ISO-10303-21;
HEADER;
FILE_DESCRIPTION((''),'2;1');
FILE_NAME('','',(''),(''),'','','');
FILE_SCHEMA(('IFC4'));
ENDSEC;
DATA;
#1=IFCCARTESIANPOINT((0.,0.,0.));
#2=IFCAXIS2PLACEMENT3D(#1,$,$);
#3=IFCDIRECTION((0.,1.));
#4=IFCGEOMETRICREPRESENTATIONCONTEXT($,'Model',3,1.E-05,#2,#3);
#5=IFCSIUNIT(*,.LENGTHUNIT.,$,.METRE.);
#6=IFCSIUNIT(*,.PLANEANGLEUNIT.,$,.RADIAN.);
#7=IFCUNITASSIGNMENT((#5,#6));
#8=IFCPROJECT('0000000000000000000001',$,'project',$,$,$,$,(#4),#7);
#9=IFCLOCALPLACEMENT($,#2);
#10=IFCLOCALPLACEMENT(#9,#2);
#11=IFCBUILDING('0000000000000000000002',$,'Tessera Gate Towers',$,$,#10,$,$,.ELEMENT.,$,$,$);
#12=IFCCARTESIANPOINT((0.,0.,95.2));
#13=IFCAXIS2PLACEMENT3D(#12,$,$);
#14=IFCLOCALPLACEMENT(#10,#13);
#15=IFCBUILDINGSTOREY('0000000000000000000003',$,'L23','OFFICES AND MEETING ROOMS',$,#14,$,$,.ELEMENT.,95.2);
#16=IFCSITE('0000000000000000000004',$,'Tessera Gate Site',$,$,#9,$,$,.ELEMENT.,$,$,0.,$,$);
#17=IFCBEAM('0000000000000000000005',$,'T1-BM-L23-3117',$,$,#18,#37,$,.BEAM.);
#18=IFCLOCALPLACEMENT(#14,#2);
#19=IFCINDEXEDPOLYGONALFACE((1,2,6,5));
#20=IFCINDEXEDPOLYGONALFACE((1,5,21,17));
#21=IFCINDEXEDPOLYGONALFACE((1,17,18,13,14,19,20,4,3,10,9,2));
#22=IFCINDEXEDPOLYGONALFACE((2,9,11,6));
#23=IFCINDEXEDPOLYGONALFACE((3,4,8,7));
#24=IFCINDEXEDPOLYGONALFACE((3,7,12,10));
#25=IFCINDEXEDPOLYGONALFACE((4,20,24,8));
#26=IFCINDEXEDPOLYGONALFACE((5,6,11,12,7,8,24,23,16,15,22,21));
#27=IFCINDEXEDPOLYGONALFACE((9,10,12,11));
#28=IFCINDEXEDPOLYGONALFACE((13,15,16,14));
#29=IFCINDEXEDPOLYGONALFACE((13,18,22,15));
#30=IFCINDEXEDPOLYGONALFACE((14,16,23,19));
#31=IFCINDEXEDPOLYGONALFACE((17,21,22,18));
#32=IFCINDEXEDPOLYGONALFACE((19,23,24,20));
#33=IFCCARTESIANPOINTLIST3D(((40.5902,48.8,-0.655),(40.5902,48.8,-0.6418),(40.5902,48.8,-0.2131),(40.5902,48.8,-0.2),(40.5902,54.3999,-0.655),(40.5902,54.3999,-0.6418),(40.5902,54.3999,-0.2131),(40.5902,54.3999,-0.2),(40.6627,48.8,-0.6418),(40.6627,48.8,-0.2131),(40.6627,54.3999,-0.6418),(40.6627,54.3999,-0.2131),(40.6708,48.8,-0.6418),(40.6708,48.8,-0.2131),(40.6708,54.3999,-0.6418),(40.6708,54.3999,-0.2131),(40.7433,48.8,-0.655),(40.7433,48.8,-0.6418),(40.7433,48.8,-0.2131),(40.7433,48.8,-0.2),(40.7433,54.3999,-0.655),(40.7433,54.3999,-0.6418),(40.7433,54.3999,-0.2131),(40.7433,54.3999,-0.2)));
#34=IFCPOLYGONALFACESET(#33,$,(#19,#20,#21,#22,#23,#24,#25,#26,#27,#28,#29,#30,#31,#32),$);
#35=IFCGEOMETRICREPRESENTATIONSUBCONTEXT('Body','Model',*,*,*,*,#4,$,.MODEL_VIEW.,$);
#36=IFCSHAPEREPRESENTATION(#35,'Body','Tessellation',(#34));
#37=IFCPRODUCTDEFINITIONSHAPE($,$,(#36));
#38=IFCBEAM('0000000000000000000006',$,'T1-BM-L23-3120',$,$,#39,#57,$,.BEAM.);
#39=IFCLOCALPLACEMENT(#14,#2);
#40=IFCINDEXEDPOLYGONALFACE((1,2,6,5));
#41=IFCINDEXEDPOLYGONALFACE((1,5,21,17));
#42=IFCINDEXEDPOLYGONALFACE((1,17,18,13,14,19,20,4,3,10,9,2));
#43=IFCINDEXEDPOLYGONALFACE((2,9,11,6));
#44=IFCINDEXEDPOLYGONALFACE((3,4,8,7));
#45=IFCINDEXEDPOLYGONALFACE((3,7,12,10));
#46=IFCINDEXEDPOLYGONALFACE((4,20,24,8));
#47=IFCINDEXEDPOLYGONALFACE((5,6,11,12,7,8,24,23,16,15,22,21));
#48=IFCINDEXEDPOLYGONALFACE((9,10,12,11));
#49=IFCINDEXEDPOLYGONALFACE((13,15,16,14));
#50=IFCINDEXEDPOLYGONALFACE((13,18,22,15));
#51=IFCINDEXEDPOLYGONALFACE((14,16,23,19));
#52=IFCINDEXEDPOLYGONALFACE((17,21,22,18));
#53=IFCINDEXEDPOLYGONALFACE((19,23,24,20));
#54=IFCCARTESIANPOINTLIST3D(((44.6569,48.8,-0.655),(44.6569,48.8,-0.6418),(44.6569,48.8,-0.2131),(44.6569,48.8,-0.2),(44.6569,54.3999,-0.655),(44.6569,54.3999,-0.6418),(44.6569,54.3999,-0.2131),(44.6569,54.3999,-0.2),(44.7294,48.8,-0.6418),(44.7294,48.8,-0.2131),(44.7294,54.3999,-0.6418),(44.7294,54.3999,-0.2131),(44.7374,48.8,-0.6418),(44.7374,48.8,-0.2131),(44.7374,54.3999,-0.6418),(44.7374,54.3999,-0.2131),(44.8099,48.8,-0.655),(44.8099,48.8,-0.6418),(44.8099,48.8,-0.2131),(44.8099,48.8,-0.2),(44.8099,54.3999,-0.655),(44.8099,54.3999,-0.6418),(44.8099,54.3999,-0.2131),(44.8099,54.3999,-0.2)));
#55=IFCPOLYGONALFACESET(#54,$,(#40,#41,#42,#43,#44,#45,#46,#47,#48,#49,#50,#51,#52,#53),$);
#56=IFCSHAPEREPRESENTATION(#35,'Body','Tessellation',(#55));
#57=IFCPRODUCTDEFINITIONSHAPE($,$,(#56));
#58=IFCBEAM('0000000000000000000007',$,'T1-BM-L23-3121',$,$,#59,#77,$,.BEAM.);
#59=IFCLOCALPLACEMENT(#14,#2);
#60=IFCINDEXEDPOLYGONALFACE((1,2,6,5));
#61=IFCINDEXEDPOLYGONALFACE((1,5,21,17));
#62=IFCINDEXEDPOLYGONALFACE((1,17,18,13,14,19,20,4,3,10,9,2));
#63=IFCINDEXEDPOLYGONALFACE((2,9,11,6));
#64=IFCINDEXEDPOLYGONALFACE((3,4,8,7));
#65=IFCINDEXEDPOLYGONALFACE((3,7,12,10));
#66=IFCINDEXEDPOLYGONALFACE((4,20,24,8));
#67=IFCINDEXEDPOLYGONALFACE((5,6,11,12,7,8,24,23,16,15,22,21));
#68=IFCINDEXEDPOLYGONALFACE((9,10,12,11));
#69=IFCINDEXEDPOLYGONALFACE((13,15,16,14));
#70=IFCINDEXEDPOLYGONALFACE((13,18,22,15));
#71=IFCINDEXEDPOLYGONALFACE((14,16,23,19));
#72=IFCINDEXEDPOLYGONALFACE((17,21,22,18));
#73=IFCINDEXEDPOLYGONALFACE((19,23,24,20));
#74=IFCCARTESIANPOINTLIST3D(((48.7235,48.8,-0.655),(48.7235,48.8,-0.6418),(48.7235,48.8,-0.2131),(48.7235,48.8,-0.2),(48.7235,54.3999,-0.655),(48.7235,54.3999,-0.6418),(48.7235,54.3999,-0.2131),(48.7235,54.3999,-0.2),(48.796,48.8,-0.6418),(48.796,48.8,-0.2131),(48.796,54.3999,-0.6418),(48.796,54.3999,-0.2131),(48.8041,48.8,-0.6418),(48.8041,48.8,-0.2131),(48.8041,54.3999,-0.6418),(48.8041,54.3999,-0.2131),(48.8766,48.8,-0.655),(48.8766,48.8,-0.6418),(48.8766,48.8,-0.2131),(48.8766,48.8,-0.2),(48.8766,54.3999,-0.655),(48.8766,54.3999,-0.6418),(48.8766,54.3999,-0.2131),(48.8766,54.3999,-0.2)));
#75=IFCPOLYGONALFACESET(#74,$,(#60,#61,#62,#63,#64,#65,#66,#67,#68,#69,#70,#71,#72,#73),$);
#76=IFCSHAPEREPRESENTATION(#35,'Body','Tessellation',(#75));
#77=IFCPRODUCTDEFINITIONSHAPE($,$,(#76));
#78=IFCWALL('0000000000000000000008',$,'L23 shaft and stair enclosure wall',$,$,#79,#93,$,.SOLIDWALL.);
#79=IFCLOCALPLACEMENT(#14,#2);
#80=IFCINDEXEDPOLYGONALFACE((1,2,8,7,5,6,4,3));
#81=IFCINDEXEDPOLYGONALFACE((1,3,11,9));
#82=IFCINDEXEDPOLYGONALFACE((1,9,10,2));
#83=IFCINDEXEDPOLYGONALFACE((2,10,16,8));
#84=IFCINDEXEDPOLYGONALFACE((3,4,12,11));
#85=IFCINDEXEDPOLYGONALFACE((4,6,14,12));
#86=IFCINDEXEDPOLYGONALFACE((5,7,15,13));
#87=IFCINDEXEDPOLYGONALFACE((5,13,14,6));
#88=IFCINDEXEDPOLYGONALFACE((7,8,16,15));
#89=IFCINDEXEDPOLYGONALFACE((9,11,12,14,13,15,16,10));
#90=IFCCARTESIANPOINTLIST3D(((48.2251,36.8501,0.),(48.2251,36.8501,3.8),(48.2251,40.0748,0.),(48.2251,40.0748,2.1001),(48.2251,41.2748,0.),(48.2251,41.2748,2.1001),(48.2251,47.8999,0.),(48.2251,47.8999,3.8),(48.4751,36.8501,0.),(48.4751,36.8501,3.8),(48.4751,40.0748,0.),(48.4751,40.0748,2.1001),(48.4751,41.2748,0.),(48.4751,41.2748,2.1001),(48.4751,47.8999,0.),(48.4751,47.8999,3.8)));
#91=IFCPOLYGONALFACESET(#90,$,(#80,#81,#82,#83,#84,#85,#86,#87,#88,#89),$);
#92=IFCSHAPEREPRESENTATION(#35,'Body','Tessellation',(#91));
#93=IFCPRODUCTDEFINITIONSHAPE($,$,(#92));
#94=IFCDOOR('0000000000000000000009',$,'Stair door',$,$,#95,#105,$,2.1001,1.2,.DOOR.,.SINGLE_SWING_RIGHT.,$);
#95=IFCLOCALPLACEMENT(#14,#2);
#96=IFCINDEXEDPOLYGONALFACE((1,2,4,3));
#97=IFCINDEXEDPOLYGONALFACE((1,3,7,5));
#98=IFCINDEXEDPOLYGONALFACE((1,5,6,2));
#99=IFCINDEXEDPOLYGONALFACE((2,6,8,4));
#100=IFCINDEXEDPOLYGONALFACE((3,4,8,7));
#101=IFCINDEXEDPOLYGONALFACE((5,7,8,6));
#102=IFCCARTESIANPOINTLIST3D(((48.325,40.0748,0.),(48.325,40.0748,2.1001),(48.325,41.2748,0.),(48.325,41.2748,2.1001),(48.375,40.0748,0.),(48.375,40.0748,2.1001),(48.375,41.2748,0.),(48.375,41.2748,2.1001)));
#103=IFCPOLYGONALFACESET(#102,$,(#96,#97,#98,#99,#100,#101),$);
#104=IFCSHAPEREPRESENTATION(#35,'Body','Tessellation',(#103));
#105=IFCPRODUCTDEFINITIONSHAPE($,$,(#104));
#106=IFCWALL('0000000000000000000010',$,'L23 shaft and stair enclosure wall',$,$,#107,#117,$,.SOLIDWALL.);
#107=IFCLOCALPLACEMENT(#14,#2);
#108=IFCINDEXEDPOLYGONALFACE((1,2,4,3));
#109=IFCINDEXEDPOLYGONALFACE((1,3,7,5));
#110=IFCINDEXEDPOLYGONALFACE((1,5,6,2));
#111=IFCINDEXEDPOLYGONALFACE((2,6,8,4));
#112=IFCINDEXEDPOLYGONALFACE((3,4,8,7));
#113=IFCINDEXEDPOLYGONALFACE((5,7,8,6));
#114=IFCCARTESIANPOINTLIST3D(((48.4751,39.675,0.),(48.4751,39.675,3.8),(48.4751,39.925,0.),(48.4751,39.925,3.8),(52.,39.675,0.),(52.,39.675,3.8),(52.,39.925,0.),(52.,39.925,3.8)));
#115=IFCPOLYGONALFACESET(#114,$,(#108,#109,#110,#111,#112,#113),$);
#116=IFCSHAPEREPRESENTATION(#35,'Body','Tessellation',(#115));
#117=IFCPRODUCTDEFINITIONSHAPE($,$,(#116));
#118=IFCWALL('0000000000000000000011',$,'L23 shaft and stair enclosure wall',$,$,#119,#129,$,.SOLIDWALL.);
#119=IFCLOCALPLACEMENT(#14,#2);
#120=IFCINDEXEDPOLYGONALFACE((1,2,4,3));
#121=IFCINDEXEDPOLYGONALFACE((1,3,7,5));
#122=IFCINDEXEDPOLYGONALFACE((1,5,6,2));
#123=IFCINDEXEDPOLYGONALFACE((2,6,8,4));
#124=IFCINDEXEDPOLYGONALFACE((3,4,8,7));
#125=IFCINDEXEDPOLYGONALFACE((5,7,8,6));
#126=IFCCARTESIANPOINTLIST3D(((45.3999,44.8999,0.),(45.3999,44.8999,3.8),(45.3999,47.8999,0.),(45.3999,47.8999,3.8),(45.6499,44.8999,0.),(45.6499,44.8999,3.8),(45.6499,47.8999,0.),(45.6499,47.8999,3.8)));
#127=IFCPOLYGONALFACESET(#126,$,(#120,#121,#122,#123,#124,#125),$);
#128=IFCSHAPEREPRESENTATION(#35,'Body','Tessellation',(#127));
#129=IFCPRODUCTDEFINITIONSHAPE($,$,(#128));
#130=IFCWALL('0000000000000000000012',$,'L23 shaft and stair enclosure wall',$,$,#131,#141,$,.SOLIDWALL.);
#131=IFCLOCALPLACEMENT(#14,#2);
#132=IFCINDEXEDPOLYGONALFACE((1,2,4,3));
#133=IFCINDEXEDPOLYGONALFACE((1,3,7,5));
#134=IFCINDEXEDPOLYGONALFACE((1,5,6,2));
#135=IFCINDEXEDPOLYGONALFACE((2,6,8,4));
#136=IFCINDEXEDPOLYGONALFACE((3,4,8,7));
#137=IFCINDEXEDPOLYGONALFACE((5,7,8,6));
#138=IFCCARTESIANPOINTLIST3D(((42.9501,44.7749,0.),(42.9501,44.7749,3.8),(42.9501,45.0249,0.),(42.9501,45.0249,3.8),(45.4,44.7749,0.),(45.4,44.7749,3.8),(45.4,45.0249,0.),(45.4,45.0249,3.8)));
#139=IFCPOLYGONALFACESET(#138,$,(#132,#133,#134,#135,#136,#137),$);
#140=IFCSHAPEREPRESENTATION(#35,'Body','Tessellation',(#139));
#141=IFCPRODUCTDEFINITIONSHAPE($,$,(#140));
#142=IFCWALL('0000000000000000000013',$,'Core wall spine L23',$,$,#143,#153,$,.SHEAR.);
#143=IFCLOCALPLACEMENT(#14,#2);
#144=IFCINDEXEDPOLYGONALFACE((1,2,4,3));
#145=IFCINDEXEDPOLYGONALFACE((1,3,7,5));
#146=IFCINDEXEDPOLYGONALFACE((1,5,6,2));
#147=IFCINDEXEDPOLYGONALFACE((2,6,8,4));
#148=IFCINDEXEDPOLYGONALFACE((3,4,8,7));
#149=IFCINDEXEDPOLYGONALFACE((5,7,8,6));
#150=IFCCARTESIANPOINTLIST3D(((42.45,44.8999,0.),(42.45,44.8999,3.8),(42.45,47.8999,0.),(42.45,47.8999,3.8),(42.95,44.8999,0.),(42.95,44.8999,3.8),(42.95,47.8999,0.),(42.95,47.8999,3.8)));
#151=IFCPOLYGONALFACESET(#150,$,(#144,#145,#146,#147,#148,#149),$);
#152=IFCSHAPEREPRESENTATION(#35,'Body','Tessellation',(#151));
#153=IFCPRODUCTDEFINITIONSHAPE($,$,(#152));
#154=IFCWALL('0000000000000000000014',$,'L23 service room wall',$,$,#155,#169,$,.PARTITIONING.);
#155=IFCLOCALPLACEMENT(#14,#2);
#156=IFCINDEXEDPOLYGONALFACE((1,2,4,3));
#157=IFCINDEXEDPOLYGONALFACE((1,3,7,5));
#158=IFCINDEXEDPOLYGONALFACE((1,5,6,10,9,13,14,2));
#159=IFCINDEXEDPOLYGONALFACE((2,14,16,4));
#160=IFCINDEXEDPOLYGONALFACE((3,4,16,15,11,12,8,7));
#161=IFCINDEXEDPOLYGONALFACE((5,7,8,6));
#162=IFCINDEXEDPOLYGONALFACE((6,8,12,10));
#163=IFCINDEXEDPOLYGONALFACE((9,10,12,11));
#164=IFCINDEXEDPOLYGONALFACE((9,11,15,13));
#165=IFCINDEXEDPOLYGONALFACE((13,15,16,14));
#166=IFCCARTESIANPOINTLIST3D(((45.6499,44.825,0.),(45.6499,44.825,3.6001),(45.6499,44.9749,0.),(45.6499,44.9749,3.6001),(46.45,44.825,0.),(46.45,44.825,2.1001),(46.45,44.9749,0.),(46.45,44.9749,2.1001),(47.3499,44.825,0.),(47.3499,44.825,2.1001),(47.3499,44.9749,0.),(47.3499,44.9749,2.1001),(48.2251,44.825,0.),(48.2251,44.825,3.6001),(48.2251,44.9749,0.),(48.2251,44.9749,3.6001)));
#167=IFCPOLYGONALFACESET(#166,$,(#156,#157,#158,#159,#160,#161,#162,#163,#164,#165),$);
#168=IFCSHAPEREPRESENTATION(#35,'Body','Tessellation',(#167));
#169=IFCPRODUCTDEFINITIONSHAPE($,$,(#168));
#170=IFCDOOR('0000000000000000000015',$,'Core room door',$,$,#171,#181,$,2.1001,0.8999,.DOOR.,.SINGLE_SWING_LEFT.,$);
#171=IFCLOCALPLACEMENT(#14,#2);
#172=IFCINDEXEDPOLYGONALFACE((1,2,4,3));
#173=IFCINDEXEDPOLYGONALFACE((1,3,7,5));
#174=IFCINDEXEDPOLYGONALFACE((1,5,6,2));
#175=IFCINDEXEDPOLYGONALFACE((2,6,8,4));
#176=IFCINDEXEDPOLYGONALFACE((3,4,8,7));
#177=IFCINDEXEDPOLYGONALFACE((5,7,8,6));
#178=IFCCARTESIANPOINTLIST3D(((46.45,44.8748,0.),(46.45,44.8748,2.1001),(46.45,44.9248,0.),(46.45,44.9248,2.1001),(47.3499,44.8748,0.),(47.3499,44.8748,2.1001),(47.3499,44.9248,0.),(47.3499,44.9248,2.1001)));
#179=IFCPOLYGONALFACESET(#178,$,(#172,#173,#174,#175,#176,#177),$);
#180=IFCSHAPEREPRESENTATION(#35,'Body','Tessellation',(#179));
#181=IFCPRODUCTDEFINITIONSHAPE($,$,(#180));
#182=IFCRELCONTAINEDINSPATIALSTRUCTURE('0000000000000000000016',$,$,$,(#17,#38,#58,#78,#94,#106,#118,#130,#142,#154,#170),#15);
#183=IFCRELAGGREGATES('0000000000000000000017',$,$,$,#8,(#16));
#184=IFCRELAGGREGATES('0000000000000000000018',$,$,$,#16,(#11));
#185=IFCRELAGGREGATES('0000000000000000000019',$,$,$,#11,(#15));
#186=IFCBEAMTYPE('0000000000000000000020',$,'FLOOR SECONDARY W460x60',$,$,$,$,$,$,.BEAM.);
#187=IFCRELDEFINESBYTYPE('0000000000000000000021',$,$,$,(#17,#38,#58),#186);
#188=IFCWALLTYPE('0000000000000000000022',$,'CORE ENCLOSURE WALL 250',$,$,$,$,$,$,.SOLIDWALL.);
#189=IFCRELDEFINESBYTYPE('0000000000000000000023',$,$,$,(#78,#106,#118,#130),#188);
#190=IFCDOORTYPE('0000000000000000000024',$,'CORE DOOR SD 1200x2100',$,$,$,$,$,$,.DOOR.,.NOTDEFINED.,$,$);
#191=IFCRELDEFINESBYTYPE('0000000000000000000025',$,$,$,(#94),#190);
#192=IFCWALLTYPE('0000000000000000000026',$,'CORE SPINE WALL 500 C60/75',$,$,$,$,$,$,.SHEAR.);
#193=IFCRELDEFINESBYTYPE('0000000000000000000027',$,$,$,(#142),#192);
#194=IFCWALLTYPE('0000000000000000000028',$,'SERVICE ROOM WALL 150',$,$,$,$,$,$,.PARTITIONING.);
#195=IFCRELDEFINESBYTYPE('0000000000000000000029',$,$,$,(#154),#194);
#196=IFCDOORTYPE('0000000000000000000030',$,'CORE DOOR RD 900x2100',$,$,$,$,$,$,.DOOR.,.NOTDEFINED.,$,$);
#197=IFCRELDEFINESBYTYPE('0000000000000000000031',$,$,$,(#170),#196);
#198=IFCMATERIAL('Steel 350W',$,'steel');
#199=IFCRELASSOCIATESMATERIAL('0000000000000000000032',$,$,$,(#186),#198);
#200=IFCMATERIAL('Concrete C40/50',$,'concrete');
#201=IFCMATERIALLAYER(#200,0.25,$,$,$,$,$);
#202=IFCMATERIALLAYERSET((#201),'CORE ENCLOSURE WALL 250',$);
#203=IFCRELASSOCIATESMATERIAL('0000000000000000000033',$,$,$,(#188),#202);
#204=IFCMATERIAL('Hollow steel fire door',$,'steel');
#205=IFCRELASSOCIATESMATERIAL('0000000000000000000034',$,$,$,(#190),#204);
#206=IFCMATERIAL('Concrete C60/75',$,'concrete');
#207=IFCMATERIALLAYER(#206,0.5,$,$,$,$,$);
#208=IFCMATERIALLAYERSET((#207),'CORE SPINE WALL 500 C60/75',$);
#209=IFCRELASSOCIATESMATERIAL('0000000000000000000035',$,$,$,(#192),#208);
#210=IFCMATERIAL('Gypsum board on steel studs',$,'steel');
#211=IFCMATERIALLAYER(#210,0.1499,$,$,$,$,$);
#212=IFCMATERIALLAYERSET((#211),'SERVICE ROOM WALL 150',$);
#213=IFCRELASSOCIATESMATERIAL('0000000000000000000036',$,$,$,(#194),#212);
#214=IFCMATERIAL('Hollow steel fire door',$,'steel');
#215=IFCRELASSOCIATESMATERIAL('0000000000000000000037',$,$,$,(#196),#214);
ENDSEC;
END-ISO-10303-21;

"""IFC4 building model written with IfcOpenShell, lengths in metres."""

from ifc_helpers import new_model, si_unit, direction, frame, frame_2d, origin, origin_2d, place, context, subcontext, project, spatial, rectangle, i_section, extrude, source, transform, mapped, material, layer, layer_set, material_profile, profile_set, type_object, element, fill, save


model = new_model("IFC4")

# Units and contexts
model_context = context("Model", 3, precision=1e-05, world=origin(), true_north=direction((0.0, 1.0)))
body_context = subcontext(model_context, "Body", "Model", "MODEL_VIEW")
ifc_project = project(units=[si_unit("LENGTHUNIT", "METRE"), si_unit("PLANEANGLEUNIT", "RADIAN")], contexts=[model_context])

# Site, building, storey
site_placement = place(None, origin())
site = spatial("IfcSite", under=ifc_project, at=site_placement, Name="Tessera Gate Site", CompositionType="ELEMENT", RefElevation=0.0)
building_placement = place(site_placement, origin())
building = spatial("IfcBuilding", under=site, at=building_placement, Name="Tessera Gate Towers", CompositionType="ELEMENT")
storey_placement = place(building_placement, frame((0.0, 0.0, 95.2)))
storey = spatial("IfcBuildingStorey", under=building, at=storey_placement, Name="L23", Description="OFFICES AND MEETING ROOMS", CompositionType="ELEMENT", Elevation=95.2)

# Beams
ifc_material_1 = material(Name="Steel 350W", Category="steel")
ifc_material_profile = material_profile(ifc_material_1, i_section(OverallWidth=0.1531, OverallDepth=0.4551, WebThickness=0.0081, FlangeThickness=0.0132, at=origin_2d()), Name="W460x60")
ifc_profile_set = profile_set([ifc_material_profile], Name="Steel 350W")
beam_type = type_object("IfcBeamType", Name="FLOOR SECONDARY W460x60", PredefinedType="BEAM", material=ifc_profile_set)
for number, where, z_axis, x_axis, name in (
    (1, (40.6667, 48.8, -0.4275), (0.0, 1.0, 0.0), (-1.0, 0.0, 0.0), "T1-BM-L23-3117"),
    (2, (44.7334, 48.8, -0.4275), (0.0, 1.0, 0.0), (-1.0, 0.0, 0.0), "T1-BM-L23-3120"),
    (3, (48.8, 48.8, -0.4275), (0.0, 1.0, 0.0), (-1.0, 0.0, 0.0), "T1-BM-L23-3121"),
):
    element("IfcBeam", number, at=place(storey_placement, frame(where, z_axis=z_axis, x_axis=x_axis)), inside=storey, type_object=beam_type, Name=name, PredefinedType="BEAM", context=body_context, shape_type="SweptSolid", body=[
        extrude(i_section(OverallWidth=0.1531, OverallDepth=0.4551, WebThickness=0.0081, FlangeThickness=0.0132, at=origin_2d()), origin(), (0.0, 0.0, 1.0), 5.5999),
    ])

# Wall, opening, door
ifc_material_2 = material(Name="Concrete C40/50", Category="concrete")
ifc_layer_1 = layer(ifc_material_2, 0.25)
ifc_layer_set_1 = layer_set([ifc_layer_1], Name="CORE ENCLOSURE WALL 250")
wall_type_1 = type_object("IfcWallType", Name="CORE ENCLOSURE WALL 250", PredefinedType="SOLIDWALL", material=ifc_layer_set_1)
wall_1_placement = place(storey_placement, frame((48.3501, 47.8999, 0.0), z_axis=(0.0, 0.0, 1.0), x_axis=(0.0, -1.0, 0.0)))
wall_1 = element("IfcWall", 4, at=wall_1_placement, inside=storey, type_object=wall_type_1, Name="L23 shaft and stair enclosure wall", PredefinedType="SOLIDWALL", context=body_context, shape_type="SweptSolid", body=[
    extrude(rectangle(XDim=11.0498, YDim=0.25, at=frame_2d((5.5249, 0.0))), origin(), (0.0, 0.0, 1.0), 3.8),
])
shared_shape_1 = source(origin(), body_context, "Body", "SweptSolid", [
    extrude(rectangle(XDim=1.2, YDim=2.1001, at=frame_2d((0.6001, 1.05))), frame((0.0, 0.135, 0.0), z_axis=(0.0, -1.0, 0.0), x_axis=(1.0, 0.0, 0.0)), (0.0, 0.0, 1.0), 0.27),
])
opening_1_placement = place(wall_1_placement, frame((6.625, 0.0, 0.0)))
opening_1 = element("IfcOpeningElement", 5, at=opening_1_placement, cuts=wall_1, PredefinedType="OPENING", context=body_context, shape_type="MappedRepresentation", body=[
    mapped(shared_shape_1, transform((0.0, 0.0, 0.0), scale=1.0)),
])
ifc_material_3 = material(Name="Hollow steel fire door", Category="steel")
door_type_1 = type_object("IfcDoorType", Name="CORE DOOR SD 1200x2100", OperationType="NOTDEFINED", PredefinedType="DOOR", material=ifc_material_3)
shared_shape_2 = source(origin(), body_context, "Body", "SweptSolid", [
    extrude(rectangle(XDim=1.2, YDim=2.1001, at=frame_2d((0.6001, 1.05))), frame((0.0, 0.0249, 0.0), z_axis=(0.0, -1.0, 0.0), x_axis=(1.0, 0.0, 0.0)), (0.0, 0.0, 1.0), 0.05),
])
door_1_placement = place(opening_1_placement, origin())
door_1 = element("IfcDoor", 6, at=door_1_placement, inside=storey, type_object=door_type_1, Name="Stair door", OperationType="SINGLE_SWING_RIGHT", OverallHeight=2.1001, OverallWidth=1.2, PredefinedType="DOOR", context=body_context, shape_type="MappedRepresentation", body=[
    mapped(shared_shape_2, transform((0.0, 0.0, 0.0), scale=1.0)),
])
fill(opening_1, door_1)

# Walls
wall_2_placement = place(storey_placement, frame((48.4751, 39.8, 0.0), z_axis=(0.0, 0.0, 1.0), x_axis=(1.0, 0.0, 0.0)))
element("IfcWall", 7, at=wall_2_placement, inside=storey, type_object=wall_type_1, Name="L23 shaft and stair enclosure wall", PredefinedType="SOLIDWALL", context=body_context, shape_type="SweptSolid", body=[
    extrude(rectangle(XDim=3.5249, YDim=0.25, at=frame_2d((1.7625, 0.0))), origin(), (0.0, 0.0, 1.0), 3.8),
])
wall_3_placement = place(storey_placement, frame((45.5249, 44.8999, 0.0), z_axis=(0.0, 0.0, 1.0), x_axis=(0.0, 1.0, 0.0)))
element("IfcWall", 8, at=wall_3_placement, inside=storey, type_object=wall_type_1, Name="L23 shaft and stair enclosure wall", PredefinedType="SOLIDWALL", context=body_context, shape_type="SweptSolid", body=[
    extrude(rectangle(XDim=3.0, YDim=0.25, at=frame_2d((1.5, 0.0))), origin(), (0.0, 0.0, 1.0), 3.8),
])
wall_4_placement = place(storey_placement, frame((42.95, 44.8999, 0.0), z_axis=(0.0, 0.0, 1.0), x_axis=(1.0, 0.0, 0.0)))
element("IfcWall", 9, at=wall_4_placement, inside=storey, type_object=wall_type_1, Name="L23 shaft and stair enclosure wall", PredefinedType="SOLIDWALL", context=body_context, shape_type="SweptSolid", body=[
    extrude(rectangle(XDim=2.45, YDim=0.25, at=frame_2d((1.2251, 0.0))), origin(), (0.0, 0.0, 1.0), 3.8),
])
ifc_material_4 = material(Name="Concrete C60/75", Category="concrete")
ifc_layer_2 = layer(ifc_material_4, 0.5)
ifc_layer_set_2 = layer_set([ifc_layer_2], Name="CORE SPINE WALL 500 C60/75")
wall_type_2 = type_object("IfcWallType", Name="CORE SPINE WALL 500 C60/75", PredefinedType="SHEAR", material=ifc_layer_set_2)
wall_5_placement = place(storey_placement, frame((42.7, 44.8999, 0.0), z_axis=(0.0, 0.0, 1.0), x_axis=(0.0, 1.0, 0.0)))
element("IfcWall", 10, at=wall_5_placement, inside=storey, type_object=wall_type_2, Name="Core wall spine L23", PredefinedType="SHEAR", context=body_context, shape_type="SweptSolid", body=[
    extrude(rectangle(XDim=3.0, YDim=0.5, at=frame_2d((1.5, 0.0))), origin(), (0.0, 0.0, 1.0), 3.8),
])

# Wall, opening, door
ifc_material_5 = material(Name="Gypsum board on steel studs", Category="steel")
ifc_layer_3 = layer(ifc_material_5, 0.1499)
ifc_layer_set_3 = layer_set([ifc_layer_3], Name="SERVICE ROOM WALL 150")
wall_type_3 = type_object("IfcWallType", Name="SERVICE ROOM WALL 150", PredefinedType="PARTITIONING", material=ifc_layer_set_3)
wall_6_placement = place(storey_placement, frame((45.6499, 44.8999, 0.0), z_axis=(0.0, 0.0, 1.0), x_axis=(1.0, 0.0, 0.0)))
wall_6 = element("IfcWall", 11, at=wall_6_placement, inside=storey, type_object=wall_type_3, Name="L23 service room wall", PredefinedType="PARTITIONING", context=body_context, shape_type="SweptSolid", body=[
    extrude(rectangle(XDim=2.5752, YDim=0.1499, at=frame_2d((1.2876, 0.0))), origin(), (0.0, 0.0, 1.0), 3.6001),
])
shared_shape_3 = source(origin(), body_context, "Body", "SweptSolid", [
    extrude(rectangle(XDim=0.8999, YDim=2.1001, at=frame_2d((0.45, 1.05))), frame((0.0, 0.085, 0.0), z_axis=(0.0, -1.0, 0.0), x_axis=(1.0, 0.0, 0.0)), (0.0, 0.0, 1.0), 0.1699),
])
opening_2_placement = place(wall_6_placement, frame((0.8, 0.0, 0.0)))
opening_2 = element("IfcOpeningElement", 12, at=opening_2_placement, cuts=wall_6, PredefinedType="OPENING", context=body_context, shape_type="MappedRepresentation", body=[
    mapped(shared_shape_3, transform((0.0, 0.0, 0.0), scale=1.0)),
])
ifc_material_6 = material(Name="Hollow steel fire door", Category="steel")
door_type_2 = type_object("IfcDoorType", Name="CORE DOOR RD 900x2100", OperationType="NOTDEFINED", PredefinedType="DOOR", material=ifc_material_6)
shared_shape_4 = source(origin(), body_context, "Body", "SweptSolid", [
    extrude(rectangle(XDim=0.8999, YDim=2.1001, at=frame_2d((0.45, 1.05))), frame((0.0, 0.0249, 0.0), z_axis=(0.0, -1.0, 0.0), x_axis=(1.0, 0.0, 0.0)), (0.0, 0.0, 1.0), 0.05),
])
door_2_placement = place(opening_2_placement, origin())
door_2 = element("IfcDoor", 13, at=door_2_placement, inside=storey, type_object=door_type_2, Name="Core room door", OperationType="SINGLE_SWING_LEFT", OverallHeight=2.1001, OverallWidth=0.8999, PredefinedType="DOOR", context=body_context, shape_type="MappedRepresentation", body=[
    mapped(shared_shape_4, transform((0.0, 0.0, 0.0), scale=1.0)),
])
fill(opening_2, door_2)

save(model, "model.ifc")
